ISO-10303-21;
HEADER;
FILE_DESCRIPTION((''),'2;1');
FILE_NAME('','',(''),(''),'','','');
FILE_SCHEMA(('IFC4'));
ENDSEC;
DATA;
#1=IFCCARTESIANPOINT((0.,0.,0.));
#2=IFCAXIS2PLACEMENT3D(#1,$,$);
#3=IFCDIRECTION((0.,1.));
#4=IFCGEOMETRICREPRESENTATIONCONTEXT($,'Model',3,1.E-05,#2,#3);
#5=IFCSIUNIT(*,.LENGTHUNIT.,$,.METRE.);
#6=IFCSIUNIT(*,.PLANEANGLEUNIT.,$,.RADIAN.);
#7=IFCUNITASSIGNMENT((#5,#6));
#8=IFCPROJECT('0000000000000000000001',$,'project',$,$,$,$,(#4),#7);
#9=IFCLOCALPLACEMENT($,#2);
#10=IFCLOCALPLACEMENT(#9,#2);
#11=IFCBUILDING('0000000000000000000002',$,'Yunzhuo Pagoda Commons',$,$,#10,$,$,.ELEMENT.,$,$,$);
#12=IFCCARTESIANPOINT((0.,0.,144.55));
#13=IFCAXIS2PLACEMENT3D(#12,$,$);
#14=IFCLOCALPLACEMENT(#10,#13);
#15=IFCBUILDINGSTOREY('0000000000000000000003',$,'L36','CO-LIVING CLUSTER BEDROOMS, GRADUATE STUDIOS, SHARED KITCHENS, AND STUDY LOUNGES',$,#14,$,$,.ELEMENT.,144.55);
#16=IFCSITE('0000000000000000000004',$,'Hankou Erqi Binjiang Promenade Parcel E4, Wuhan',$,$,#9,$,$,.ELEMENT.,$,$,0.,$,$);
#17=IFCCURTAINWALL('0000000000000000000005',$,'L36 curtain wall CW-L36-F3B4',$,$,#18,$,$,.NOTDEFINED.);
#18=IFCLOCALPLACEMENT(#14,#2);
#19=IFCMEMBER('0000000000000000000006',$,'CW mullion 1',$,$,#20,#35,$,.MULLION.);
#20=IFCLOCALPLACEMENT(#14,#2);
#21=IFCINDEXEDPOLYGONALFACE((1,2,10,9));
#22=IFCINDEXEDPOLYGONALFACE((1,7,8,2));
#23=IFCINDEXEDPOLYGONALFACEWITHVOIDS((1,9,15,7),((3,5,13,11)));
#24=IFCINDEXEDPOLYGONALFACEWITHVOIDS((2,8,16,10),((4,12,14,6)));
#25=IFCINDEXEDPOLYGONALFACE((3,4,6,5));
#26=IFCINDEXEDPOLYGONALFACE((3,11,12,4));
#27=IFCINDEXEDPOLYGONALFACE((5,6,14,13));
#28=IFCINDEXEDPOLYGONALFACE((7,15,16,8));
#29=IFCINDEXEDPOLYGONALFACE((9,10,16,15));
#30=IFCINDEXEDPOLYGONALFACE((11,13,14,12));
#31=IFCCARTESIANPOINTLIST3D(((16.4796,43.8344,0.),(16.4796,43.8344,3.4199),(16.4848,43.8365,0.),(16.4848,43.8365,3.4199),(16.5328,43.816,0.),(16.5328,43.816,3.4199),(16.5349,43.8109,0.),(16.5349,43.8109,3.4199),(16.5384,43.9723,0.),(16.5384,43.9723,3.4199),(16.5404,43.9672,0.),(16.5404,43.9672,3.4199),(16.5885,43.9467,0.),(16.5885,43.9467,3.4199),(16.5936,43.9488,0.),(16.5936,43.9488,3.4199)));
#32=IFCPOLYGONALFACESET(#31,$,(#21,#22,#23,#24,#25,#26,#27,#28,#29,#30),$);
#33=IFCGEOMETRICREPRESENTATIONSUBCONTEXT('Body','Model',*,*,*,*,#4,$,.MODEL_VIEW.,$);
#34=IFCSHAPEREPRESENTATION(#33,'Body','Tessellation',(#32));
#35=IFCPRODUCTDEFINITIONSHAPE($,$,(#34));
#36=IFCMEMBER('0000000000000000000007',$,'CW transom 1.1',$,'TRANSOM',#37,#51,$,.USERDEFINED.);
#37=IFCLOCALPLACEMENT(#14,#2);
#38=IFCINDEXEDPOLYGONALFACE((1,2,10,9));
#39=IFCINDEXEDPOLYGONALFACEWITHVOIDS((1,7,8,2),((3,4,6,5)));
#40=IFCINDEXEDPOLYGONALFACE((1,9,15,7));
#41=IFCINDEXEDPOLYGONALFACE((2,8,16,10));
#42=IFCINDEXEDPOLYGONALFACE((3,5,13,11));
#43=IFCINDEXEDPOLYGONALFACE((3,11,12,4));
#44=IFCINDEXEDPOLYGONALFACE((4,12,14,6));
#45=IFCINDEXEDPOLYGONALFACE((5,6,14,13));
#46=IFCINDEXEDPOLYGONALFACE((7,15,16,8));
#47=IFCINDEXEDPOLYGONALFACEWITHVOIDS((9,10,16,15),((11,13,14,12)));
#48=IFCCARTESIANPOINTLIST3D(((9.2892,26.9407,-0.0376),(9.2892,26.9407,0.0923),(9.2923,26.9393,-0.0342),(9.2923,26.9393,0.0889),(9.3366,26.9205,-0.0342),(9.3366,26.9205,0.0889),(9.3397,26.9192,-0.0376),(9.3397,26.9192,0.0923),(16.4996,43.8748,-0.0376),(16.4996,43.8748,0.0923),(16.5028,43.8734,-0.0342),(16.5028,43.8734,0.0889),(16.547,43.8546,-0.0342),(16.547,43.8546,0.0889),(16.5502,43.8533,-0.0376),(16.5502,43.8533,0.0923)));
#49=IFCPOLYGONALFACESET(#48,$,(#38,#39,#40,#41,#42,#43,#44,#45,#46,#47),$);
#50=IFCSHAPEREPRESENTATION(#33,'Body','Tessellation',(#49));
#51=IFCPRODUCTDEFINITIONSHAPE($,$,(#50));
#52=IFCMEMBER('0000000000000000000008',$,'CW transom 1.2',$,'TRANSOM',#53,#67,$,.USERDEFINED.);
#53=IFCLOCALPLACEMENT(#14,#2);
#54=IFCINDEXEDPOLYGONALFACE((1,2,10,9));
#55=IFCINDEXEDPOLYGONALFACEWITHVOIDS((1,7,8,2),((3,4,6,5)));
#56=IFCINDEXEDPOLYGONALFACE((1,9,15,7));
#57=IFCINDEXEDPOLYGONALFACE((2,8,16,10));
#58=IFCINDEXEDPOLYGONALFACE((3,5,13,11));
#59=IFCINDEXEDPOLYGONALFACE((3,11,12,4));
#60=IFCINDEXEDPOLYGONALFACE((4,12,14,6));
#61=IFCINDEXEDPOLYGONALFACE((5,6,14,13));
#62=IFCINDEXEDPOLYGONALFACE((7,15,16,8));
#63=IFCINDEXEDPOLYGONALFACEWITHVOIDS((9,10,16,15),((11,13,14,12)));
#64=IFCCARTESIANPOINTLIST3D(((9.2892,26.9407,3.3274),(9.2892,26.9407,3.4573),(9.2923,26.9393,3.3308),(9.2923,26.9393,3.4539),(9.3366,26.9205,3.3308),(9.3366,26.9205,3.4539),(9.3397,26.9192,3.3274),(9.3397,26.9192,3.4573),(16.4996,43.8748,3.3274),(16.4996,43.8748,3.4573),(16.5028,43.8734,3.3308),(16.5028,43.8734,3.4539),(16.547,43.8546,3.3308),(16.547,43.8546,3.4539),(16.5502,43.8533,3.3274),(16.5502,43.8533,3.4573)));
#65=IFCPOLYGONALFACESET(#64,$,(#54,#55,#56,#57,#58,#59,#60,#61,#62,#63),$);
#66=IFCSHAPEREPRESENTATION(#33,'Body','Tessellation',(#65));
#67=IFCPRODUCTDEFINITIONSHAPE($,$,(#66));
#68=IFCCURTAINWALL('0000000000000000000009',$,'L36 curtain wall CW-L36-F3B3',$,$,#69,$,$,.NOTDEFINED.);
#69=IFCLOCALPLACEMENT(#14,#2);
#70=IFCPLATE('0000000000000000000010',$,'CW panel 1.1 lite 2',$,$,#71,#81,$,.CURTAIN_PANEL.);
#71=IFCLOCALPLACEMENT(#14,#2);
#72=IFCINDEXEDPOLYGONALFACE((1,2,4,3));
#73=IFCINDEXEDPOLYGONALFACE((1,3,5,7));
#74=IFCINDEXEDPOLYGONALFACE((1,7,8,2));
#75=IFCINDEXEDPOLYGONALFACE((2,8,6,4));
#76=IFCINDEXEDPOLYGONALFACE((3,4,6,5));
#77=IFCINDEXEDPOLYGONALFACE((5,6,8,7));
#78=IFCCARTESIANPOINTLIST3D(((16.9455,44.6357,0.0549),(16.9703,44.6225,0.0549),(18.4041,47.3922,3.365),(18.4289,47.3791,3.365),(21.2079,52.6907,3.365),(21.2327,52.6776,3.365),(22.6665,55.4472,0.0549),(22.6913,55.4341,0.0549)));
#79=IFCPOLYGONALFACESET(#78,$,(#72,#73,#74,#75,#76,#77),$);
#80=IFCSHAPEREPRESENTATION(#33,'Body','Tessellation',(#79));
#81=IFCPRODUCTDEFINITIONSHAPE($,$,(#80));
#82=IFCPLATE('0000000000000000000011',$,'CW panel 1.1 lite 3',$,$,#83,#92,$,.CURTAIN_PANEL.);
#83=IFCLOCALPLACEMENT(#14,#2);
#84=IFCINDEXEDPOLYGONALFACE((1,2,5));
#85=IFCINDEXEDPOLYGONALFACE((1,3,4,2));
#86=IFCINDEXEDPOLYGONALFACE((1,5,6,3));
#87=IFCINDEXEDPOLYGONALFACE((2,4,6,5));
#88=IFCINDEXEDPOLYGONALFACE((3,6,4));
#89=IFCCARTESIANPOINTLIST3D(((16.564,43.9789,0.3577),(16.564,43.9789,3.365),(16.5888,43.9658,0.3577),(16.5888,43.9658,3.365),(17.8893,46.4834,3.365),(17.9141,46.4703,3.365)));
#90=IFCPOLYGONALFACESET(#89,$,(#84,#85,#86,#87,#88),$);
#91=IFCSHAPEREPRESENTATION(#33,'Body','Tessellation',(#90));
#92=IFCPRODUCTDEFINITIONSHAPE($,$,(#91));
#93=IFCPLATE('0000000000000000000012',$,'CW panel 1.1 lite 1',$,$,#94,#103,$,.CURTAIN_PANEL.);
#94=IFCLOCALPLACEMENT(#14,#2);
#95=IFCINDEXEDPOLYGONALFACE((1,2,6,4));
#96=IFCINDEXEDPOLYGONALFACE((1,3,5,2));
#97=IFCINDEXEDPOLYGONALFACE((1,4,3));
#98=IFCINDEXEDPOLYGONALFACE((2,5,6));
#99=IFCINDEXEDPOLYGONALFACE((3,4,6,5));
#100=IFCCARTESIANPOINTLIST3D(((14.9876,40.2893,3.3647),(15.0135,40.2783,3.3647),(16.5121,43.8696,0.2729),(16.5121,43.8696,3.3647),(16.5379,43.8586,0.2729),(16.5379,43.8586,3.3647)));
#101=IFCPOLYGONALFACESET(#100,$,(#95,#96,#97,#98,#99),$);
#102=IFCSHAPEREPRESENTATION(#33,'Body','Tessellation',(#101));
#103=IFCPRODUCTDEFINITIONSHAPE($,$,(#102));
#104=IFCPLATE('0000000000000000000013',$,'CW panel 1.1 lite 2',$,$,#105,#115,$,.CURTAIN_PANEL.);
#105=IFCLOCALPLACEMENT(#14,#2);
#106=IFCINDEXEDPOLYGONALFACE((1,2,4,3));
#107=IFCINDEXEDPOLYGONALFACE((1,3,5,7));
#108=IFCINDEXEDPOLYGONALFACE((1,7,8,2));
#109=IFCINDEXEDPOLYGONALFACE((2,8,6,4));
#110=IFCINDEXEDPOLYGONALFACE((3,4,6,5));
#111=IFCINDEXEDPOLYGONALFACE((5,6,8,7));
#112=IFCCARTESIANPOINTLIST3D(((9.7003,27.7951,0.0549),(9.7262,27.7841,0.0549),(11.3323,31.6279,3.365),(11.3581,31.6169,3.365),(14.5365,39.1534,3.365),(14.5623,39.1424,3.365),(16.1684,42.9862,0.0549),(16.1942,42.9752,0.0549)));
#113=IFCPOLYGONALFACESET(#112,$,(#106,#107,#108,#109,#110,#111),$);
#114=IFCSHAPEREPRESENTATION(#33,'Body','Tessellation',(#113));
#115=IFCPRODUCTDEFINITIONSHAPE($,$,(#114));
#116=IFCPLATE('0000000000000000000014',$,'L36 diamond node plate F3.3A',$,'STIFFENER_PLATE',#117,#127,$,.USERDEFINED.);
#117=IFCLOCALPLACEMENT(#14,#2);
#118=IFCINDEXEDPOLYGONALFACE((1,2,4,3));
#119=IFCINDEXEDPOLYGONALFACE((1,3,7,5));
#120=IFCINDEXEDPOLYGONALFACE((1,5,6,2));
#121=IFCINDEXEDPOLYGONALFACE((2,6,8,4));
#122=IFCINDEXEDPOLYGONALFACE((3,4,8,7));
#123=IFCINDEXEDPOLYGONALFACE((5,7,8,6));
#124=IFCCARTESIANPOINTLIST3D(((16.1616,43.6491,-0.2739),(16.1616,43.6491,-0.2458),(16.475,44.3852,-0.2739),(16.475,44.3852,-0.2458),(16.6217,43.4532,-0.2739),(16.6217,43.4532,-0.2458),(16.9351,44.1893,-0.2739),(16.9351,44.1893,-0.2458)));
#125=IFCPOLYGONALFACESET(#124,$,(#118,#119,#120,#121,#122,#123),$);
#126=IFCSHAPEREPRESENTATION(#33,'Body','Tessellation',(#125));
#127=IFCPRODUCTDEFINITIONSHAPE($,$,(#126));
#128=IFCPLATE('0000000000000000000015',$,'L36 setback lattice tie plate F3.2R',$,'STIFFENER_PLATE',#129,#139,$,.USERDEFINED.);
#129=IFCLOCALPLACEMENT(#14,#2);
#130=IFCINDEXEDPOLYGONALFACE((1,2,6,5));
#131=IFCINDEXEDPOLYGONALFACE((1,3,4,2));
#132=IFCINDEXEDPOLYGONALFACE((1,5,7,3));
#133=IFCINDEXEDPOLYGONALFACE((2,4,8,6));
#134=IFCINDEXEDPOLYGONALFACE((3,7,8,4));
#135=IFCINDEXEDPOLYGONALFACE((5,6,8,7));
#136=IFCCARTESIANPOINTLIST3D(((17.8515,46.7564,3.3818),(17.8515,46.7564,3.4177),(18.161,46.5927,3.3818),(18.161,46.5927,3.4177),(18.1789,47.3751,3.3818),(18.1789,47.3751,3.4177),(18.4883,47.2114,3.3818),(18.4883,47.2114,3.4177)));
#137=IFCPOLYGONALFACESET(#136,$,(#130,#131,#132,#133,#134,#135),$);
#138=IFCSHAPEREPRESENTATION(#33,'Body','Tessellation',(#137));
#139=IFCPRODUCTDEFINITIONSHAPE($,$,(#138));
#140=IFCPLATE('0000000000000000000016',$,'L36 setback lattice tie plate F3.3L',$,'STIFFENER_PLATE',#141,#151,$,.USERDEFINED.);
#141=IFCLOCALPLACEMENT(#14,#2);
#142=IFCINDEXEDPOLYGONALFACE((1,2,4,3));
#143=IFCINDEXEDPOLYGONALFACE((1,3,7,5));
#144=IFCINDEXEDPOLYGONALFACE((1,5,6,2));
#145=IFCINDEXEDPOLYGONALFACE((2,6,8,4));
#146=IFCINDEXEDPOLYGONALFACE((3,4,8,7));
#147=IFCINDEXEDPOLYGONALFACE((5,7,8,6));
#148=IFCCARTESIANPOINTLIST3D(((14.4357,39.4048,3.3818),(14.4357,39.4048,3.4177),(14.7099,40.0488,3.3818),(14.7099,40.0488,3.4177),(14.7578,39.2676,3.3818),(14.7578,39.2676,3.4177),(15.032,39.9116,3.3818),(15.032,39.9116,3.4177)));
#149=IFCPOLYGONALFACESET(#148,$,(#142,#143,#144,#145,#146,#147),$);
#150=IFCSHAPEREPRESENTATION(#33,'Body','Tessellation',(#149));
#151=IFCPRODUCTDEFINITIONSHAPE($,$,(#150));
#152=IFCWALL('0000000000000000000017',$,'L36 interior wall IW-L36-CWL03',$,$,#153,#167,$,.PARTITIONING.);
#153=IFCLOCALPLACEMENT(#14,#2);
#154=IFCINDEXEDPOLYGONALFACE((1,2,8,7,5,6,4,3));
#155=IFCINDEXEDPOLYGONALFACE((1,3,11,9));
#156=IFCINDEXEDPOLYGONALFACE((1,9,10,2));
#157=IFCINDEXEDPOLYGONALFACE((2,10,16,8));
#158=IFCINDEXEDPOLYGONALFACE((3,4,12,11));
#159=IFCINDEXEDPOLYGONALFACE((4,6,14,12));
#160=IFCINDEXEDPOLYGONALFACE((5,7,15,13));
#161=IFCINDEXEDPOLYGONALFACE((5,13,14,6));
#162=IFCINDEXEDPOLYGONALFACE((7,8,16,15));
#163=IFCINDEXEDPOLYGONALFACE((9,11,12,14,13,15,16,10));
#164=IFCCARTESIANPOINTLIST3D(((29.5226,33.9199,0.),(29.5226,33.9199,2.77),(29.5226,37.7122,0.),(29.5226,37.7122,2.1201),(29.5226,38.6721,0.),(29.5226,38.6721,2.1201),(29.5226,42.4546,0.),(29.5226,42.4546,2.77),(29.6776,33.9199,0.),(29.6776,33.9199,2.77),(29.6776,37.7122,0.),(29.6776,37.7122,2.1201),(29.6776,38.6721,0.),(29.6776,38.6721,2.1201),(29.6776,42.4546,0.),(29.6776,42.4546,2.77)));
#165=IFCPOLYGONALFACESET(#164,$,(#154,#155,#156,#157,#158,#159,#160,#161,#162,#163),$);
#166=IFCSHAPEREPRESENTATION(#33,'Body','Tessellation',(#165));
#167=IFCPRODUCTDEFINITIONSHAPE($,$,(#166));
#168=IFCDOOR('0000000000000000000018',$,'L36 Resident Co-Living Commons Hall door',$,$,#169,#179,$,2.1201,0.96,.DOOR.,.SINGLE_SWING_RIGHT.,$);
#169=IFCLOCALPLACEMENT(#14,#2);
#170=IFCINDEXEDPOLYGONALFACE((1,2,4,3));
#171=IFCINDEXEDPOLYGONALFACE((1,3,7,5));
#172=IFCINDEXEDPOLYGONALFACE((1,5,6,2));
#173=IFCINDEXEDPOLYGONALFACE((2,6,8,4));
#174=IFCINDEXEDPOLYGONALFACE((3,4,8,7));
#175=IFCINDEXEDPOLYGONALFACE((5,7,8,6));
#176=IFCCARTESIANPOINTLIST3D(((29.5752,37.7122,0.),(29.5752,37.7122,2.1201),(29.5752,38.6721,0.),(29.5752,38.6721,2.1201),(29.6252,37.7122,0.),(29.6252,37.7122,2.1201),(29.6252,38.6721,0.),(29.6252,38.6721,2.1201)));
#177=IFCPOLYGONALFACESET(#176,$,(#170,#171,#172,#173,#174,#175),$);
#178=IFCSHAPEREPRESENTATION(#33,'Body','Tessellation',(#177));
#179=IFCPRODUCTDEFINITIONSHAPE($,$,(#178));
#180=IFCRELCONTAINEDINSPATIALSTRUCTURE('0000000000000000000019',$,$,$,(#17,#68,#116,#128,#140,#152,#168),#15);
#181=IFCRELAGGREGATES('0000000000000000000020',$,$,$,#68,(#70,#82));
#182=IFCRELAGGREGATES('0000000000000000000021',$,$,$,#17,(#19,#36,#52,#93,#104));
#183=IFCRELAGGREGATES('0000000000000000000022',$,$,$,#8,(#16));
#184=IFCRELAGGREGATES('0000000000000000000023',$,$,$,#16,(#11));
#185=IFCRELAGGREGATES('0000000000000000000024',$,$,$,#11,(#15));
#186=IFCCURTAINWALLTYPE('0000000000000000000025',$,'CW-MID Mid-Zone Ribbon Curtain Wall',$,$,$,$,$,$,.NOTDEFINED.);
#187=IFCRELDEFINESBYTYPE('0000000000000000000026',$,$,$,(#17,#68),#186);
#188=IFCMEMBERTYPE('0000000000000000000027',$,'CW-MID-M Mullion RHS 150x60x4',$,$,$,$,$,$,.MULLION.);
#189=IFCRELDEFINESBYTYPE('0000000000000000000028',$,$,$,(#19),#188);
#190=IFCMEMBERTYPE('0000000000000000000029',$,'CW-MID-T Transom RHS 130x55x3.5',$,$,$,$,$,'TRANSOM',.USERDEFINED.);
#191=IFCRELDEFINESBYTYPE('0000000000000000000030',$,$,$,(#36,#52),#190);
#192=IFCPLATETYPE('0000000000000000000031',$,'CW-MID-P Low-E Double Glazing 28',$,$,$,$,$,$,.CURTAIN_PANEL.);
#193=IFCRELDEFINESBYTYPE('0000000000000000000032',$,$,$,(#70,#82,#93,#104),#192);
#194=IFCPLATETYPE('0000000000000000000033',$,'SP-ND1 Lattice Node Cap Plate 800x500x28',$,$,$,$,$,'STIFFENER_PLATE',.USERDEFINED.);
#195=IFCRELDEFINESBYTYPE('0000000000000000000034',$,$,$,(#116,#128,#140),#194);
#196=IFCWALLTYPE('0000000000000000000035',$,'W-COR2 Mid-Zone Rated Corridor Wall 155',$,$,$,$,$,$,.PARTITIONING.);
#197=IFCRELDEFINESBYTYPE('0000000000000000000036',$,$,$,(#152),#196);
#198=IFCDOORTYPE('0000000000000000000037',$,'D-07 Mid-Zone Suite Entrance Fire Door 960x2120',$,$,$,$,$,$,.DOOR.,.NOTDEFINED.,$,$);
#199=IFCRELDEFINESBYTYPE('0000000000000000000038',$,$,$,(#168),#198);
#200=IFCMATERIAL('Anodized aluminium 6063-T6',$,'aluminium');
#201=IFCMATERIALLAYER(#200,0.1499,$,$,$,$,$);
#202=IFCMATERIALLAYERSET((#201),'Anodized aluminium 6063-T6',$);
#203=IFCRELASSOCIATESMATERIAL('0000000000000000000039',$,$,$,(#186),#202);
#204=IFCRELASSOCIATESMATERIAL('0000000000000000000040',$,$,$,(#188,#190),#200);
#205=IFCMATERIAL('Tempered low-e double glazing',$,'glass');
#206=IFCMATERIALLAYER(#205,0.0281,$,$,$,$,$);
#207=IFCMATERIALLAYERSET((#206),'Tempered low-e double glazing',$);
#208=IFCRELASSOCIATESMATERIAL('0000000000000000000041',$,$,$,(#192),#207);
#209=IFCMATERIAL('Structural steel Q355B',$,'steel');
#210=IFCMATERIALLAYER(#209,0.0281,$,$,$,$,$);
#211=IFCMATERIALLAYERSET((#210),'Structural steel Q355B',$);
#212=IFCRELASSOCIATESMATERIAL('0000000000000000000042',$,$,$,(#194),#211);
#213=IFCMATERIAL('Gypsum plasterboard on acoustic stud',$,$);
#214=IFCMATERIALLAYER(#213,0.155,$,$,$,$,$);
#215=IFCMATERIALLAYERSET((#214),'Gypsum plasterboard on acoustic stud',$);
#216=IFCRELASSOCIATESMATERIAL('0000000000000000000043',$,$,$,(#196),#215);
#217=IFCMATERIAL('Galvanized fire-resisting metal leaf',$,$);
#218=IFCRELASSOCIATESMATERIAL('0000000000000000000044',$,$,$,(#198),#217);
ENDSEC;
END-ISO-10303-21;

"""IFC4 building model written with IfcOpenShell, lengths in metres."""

from ifc_helpers import new_model, si_unit, direction, frame, frame_2d, origin, origin_with_axes, origin_2d, place, context, subcontext, project, spatial, polyline, rectangle, hollow_rectangle, outline, extrude, source, transform, mapped, material, layer, layer_set, material_profile, profile_set, type_object, element, fill, aggregate, save


model = new_model("IFC4")

# Units and contexts
model_context = context("Model", 3, precision=1e-05, world=origin(), true_north=direction((0.0, 1.0)))
body_context = subcontext(model_context, "Body", "Model", "MODEL_VIEW")
ifc_project = project(units=[si_unit("LENGTHUNIT", "METRE"), si_unit("PLANEANGLEUNIT", "RADIAN")], contexts=[model_context])

# Site, building, storey
site_placement = place(None, origin())
site = spatial("IfcSite", under=ifc_project, at=site_placement, Name="Hankou Erqi Binjiang Promenade Parcel E4, Wuhan", CompositionType="ELEMENT", RefElevation=0.0)
building_placement = place(site_placement, origin())
building = spatial("IfcBuilding", under=site, at=building_placement, Name="Yunzhuo Pagoda Commons", CompositionType="ELEMENT")
storey_placement = place(building_placement, frame((0.0, 0.0, 144.55)))
storey = spatial("IfcBuildingStorey", under=building, at=storey_placement, Name="L36", Description="CO-LIVING CLUSTER BEDROOMS, GRADUATE STUDIOS, SHARED KITCHENS, AND STUDY LOUNGES", CompositionType="ELEMENT", Elevation=144.55)

# Shared definitions
ifc_material_1 = material(Name="Structural steel Q355B", Category="steel")

# Curtain wall, members
ifc_material_2 = material(Name="Anodized aluminium 6063-T6", Category="aluminium")
ifc_layer_1 = layer(ifc_material_2, 0.1499)
ifc_layer_set_1 = layer_set([ifc_layer_1], Name="Anodized aluminium 6063-T6")
curtain_wall_type = type_object("IfcCurtainWallType", Name="CW-MID Mid-Zone Ribbon Curtain Wall", PredefinedType="NOTDEFINED", material=ifc_layer_set_1)
curtain_wall_1_placement = place(storey_placement, origin())
curtain_wall_1 = element("IfcCurtainWall", 1, at=curtain_wall_1_placement, inside=storey, type_object=curtain_wall_type, Name="L36 curtain wall CW-L36-F3B4", PredefinedType="NOTDEFINED")
ifc_material_profile_1 = material_profile(ifc_material_2, hollow_rectangle(XDim=0.0601, YDim=0.1499, WallThickness=0.0039, at=origin_2d()), Name="Anodized aluminium 6063-T6")
ifc_profile_set_1 = profile_set([ifc_material_profile_1], Name="Anodized aluminium 6063-T6")
member_type_1 = type_object("IfcMemberType", Name="CW-MID-M Mullion RHS 150x60x4", PredefinedType="MULLION", material=ifc_profile_set_1)
shared_shape_1 = source(origin(), body_context, "Body", "SweptSolid", [
    extrude(hollow_rectangle(XDim=0.0601, YDim=0.1499, WallThickness=0.0039, at=origin_2d()), origin(), (0.0, 0.0, 1.0), 3.4199),
])
member_1_placement = place(storey_placement, frame((16.5366, 43.8916, 0.0), z_axis=(0.0, 0.0, 1.0), x_axis=(0.920072, -0.391749, 0.0)))
member_1 = element("IfcMember", 2, at=member_1_placement, type_object=member_type_1, Name="CW mullion 1", PredefinedType="MULLION", context=body_context, shape_type="MappedRepresentation", body=[
    mapped(shared_shape_1, transform((0.0, 0.0, 0.0), scale=1.0)),
])
ifc_material_profile_2 = material_profile(ifc_material_2, hollow_rectangle(XDim=0.0549, YDim=0.1299, WallThickness=0.0034, at=origin_2d()), Name="Anodized aluminium 6063-T6")
ifc_profile_set_2 = profile_set([ifc_material_profile_2], Name="Anodized aluminium 6063-T6")
member_type_2 = type_object("IfcMemberType", Name="CW-MID-T Transom RHS 130x55x3.5", ElementType="TRANSOM", PredefinedType="USERDEFINED", material=ifc_profile_set_2)
shared_shape_2 = source(origin(), body_context, "Body", "SweptSolid", [
    extrude(hollow_rectangle(XDim=0.0549, YDim=0.1299, WallThickness=0.0034, at=origin_2d()), origin(), (0.0, 0.0, 1.0), 18.4053),
])
member_2_placement = place(storey_placement, frame((16.5249, 43.864, 0.0273), z_axis=(-0.39176, -0.920067, 0.0), x_axis=(0.920067, -0.39176, 0.0)))
member_2 = element("IfcMember", 3, at=member_2_placement, type_object=member_type_2, Name="CW transom 1.1", ObjectType="TRANSOM", PredefinedType="USERDEFINED", context=body_context, shape_type="MappedRepresentation", body=[
    mapped(shared_shape_2, transform((0.0, 0.0, 0.0), scale=1.0)),
])
member_3_placement = place(storey_placement, frame((16.5249, 43.864, 3.3923), z_axis=(-0.39176, -0.920067, 0.0), x_axis=(0.920067, -0.39176, 0.0)))
member_3 = element("IfcMember", 4, at=member_3_placement, type_object=member_type_2, Name="CW transom 1.2", ObjectType="TRANSOM", PredefinedType="USERDEFINED", context=body_context, shape_type="MappedRepresentation", body=[
    mapped(shared_shape_2, transform((0.0, 0.0, 0.0), scale=1.0)),
])

# Curtain wall, plates
curtain_wall_2_placement = place(storey_placement, origin())
curtain_wall_2 = element("IfcCurtainWall", 5, at=curtain_wall_2_placement, inside=storey, type_object=curtain_wall_type, Name="L36 curtain wall CW-L36-F3B3", PredefinedType="NOTDEFINED")
ifc_material_3 = material(Name="Tempered low-e double glazing", Category="glass")
ifc_layer_2 = layer(ifc_material_3, 0.0281)
ifc_layer_set_2 = layer_set([ifc_layer_2], Name="Tempered low-e double glazing")
plate_type_1 = type_object("IfcPlateType", Name="CW-MID-P Low-E Double Glazing 28", PredefinedType="CURTAIN_PANEL", material=ifc_layer_set_2)
plate_1_placement = place(storey_placement, frame((19.8308, 50.0283, 1.71), z_axis=(-0.883879, 0.467715, 0.0), x_axis=(-0.467715, -0.883879, 0.0)))
plate_1 = element("IfcPlate", 6, at=plate_1_placement, type_object=plate_type_1, Name="CW panel 1.1 lite 2", PredefinedType="CURTAIN_PANEL", context=body_context, shape_type="SweptSolid", body=[
    extrude(outline(polyline([(-6.116, -1.655), (6.116, -1.655), (2.9973, 1.655), (-2.9973, 1.655), (-6.116, -1.655)])), origin(), (0.0, 0.0, 1.0), 0.0281),
])
plate_2_placement = place(storey_placement, frame((17.2515, 45.218, 1.8613), z_axis=(-0.883879, 0.467715, 0.0), x_axis=(-0.467715, -0.883879, 0.0)))
plate_2 = element("IfcPlate", 7, at=plate_2_placement, type_object=plate_type_1, Name="CW panel 1.1 lite 3", PredefinedType="CURTAIN_PANEL", context=body_context, shape_type="SweptSolid", body=[
    extrude(outline(polyline([(-1.4167, 1.5037), (1.4167, -1.5037), (1.4167, 1.5037), (-1.4167, 1.5037)])), origin(), (0.0, 0.0, 1.0), 0.0281),
])
aggregate(curtain_wall_2, [plate_1, plate_2])

# Plates
plate_3_placement = place(storey_placement, frame((15.7756, 42.0684, 1.8188), z_axis=(-0.920072, 0.391749, 0.0), x_axis=(-0.391749, -0.920072, 0.0)))
plate_3 = element("IfcPlate", 8, at=plate_3_placement, type_object=plate_type_1, Name="CW panel 1.1 lite 1", PredefinedType="CURTAIN_PANEL", context=body_context, shape_type="SweptSolid", body=[
    extrude(outline(polyline([(-1.9458, -1.5459), (1.9456, 1.5459), (-1.9458, 1.5459), (-1.9458, -1.5459)])), origin(), (0.0, 0.0, 1.0), 0.0281),
])
plate_4_placement = place(storey_placement, frame((12.9602, 35.3796, 1.71), z_axis=(-0.920072, 0.391749, 0.0), x_axis=(-0.391749, -0.920072, 0.0)))
plate_4 = element("IfcPlate", 9, at=plate_4_placement, type_object=plate_type_1, Name="CW panel 1.1 lite 2", PredefinedType="CURTAIN_PANEL", context=body_context, shape_type="SweptSolid", body=[
    extrude(outline(polyline([(-8.2554, -1.655), (8.2554, -1.655), (4.0896, 1.655), (-4.0896, 1.655), (-8.2554, -1.655)])), origin(), (0.0, 0.0, 1.0), 0.0281),
])
aggregate(curtain_wall_1, [member_1, member_2, member_3, plate_3, plate_4])

# Plates
ifc_layer_3 = layer(ifc_material_1, 0.0281)
ifc_layer_set_3 = layer_set([ifc_layer_3], Name="Structural steel Q355B")
plate_type_2 = type_object("IfcPlateType", Name="SP-ND1 Lattice Node Cap Plate 800x500x28", ElementType="STIFFENER_PLATE", PredefinedType="USERDEFINED", material=ifc_layer_set_3)
shared_shape_3 = source(origin(), body_context, "Body", "SweptSolid", [
    extrude(rectangle(XDim=0.8, YDim=0.5, at=origin_2d()), origin(), (0.0, 0.0, 1.0), 0.0281),
])
plate_5_placement = place(storey_placement, frame((16.5483, 43.9192, -0.2739), z_axis=(0.0, 0.0, 1.0), x_axis=(-0.391743, -0.920075, 0.0)))
element("IfcPlate", 10, at=plate_5_placement, inside=storey, type_object=plate_type_2, Name="L36 diamond node plate F3.3A", ObjectType="STIFFENER_PLATE", PredefinedType="USERDEFINED", context=body_context, shape_type="MappedRepresentation", body=[
    mapped(shared_shape_3, transform((0.0, 0.0, 0.0), scale=1.0)),
])
shared_shape_4 = source(origin(), body_context, "Body", "SweptSolid", [
    extrude(rectangle(XDim=0.7, YDim=0.3501, at=origin_2d()), origin(), (0.0, 0.0, 1.0), 0.0359),
])
for number, where, z_axis, x_axis, name in (
    (11, (18.1699, 46.9839, 3.3818), (0.0, 0.0, 1.0), (-0.467714, -0.88388, 0.0), "L36 setback lattice tie plate F3.2R"),
    (12, (14.7339, 39.6582, 3.3818), (0.0, 0.0, 1.0), (-0.391743, -0.920075, 0.0), "L36 setback lattice tie plate F3.3L"),
):
    element("IfcPlate", number, at=place(storey_placement, frame(where, z_axis=z_axis, x_axis=x_axis)), inside=storey, type_object=plate_type_2, Name=name, ObjectType="STIFFENER_PLATE", PredefinedType="USERDEFINED", context=body_context, shape_type="MappedRepresentation", body=[
        mapped(shared_shape_4, transform((0.0, 0.0, 0.0), scale=1.0)),
    ])

# Wall, opening, door
ifc_material_4 = material(Name="Gypsum plasterboard on acoustic stud")
ifc_layer_4 = layer(ifc_material_4, 0.155)
ifc_layer_set_4 = layer_set([ifc_layer_4], Name="Gypsum plasterboard on acoustic stud")
wall_type_1 = type_object("IfcWallType", Name="W-COR2 Mid-Zone Rated Corridor Wall 155", PredefinedType="PARTITIONING", material=ifc_layer_set_4)
wall_1_placement = place(storey_placement, frame((29.6001, 33.9199, 0.0), z_axis=(0.0, 0.0, 1.0), x_axis=(0.0, 1.0, 0.0)))
wall_1 = element("IfcWall", 13, at=wall_1_placement, inside=storey, type_object=wall_type_1, Name="L36 interior wall IW-L36-CWL03", PredefinedType="PARTITIONING", context=body_context, shape_type="SweptSolid", body=[
    extrude(rectangle(XDim=8.5347, YDim=0.155, at=frame_2d((4.2673, 0.0))), origin(), (0.0, 0.0, 1.0), 2.77),
])
opening_placement = place(wall_1_placement, frame((3.7922, 0.0, 0.0)))
opening = element("IfcOpeningElement", 14, at=opening_placement, cuts=wall_1, PredefinedType="OPENING", context=body_context, shape_type="SweptSolid", body=[
    extrude(rectangle(XDim=0.96, YDim=2.1201, at=frame_2d((0.48, 1.0601))), frame((0.0, 0.0874, 0.0), z_axis=(0.0, -1.0, 0.0), x_axis=(1.0, 0.0, 0.0)), (0.0, 0.0, 1.0), 0.175),
])
ifc_material_5 = material(Name="Galvanized fire-resisting metal leaf")
door_type = type_object("IfcDoorType", Name="D-07 Mid-Zone Suite Entrance Fire Door 960x2120", OperationType="NOTDEFINED", PredefinedType="DOOR", material=ifc_material_5)
shared_shape_5 = source(origin(), body_context, "Body", "SweptSolid", [
    extrude(rectangle(XDim=0.96, YDim=2.1201, at=frame_2d((0.48, 1.0601))), frame((0.0, 0.0249, 0.0), z_axis=(0.0, -1.0, 0.0), x_axis=(1.0, 0.0, 0.0)), (0.0, 0.0, 1.0), 0.05),
])
door_placement = place(opening_placement, origin_with_axes())
door = element("IfcDoor", 15, at=door_placement, inside=storey, type_object=door_type, Name="L36 Resident Co-Living Commons Hall door", OperationType="SINGLE_SWING_RIGHT", OverallHeight=2.1201, OverallWidth=0.96, PredefinedType="DOOR", context=body_context, shape_type="MappedRepresentation", body=[
    mapped(shared_shape_5, transform((0.0, 0.0, 0.0), scale=1.0)),
])
fill(opening, door)

save(model, "model.ifc")
